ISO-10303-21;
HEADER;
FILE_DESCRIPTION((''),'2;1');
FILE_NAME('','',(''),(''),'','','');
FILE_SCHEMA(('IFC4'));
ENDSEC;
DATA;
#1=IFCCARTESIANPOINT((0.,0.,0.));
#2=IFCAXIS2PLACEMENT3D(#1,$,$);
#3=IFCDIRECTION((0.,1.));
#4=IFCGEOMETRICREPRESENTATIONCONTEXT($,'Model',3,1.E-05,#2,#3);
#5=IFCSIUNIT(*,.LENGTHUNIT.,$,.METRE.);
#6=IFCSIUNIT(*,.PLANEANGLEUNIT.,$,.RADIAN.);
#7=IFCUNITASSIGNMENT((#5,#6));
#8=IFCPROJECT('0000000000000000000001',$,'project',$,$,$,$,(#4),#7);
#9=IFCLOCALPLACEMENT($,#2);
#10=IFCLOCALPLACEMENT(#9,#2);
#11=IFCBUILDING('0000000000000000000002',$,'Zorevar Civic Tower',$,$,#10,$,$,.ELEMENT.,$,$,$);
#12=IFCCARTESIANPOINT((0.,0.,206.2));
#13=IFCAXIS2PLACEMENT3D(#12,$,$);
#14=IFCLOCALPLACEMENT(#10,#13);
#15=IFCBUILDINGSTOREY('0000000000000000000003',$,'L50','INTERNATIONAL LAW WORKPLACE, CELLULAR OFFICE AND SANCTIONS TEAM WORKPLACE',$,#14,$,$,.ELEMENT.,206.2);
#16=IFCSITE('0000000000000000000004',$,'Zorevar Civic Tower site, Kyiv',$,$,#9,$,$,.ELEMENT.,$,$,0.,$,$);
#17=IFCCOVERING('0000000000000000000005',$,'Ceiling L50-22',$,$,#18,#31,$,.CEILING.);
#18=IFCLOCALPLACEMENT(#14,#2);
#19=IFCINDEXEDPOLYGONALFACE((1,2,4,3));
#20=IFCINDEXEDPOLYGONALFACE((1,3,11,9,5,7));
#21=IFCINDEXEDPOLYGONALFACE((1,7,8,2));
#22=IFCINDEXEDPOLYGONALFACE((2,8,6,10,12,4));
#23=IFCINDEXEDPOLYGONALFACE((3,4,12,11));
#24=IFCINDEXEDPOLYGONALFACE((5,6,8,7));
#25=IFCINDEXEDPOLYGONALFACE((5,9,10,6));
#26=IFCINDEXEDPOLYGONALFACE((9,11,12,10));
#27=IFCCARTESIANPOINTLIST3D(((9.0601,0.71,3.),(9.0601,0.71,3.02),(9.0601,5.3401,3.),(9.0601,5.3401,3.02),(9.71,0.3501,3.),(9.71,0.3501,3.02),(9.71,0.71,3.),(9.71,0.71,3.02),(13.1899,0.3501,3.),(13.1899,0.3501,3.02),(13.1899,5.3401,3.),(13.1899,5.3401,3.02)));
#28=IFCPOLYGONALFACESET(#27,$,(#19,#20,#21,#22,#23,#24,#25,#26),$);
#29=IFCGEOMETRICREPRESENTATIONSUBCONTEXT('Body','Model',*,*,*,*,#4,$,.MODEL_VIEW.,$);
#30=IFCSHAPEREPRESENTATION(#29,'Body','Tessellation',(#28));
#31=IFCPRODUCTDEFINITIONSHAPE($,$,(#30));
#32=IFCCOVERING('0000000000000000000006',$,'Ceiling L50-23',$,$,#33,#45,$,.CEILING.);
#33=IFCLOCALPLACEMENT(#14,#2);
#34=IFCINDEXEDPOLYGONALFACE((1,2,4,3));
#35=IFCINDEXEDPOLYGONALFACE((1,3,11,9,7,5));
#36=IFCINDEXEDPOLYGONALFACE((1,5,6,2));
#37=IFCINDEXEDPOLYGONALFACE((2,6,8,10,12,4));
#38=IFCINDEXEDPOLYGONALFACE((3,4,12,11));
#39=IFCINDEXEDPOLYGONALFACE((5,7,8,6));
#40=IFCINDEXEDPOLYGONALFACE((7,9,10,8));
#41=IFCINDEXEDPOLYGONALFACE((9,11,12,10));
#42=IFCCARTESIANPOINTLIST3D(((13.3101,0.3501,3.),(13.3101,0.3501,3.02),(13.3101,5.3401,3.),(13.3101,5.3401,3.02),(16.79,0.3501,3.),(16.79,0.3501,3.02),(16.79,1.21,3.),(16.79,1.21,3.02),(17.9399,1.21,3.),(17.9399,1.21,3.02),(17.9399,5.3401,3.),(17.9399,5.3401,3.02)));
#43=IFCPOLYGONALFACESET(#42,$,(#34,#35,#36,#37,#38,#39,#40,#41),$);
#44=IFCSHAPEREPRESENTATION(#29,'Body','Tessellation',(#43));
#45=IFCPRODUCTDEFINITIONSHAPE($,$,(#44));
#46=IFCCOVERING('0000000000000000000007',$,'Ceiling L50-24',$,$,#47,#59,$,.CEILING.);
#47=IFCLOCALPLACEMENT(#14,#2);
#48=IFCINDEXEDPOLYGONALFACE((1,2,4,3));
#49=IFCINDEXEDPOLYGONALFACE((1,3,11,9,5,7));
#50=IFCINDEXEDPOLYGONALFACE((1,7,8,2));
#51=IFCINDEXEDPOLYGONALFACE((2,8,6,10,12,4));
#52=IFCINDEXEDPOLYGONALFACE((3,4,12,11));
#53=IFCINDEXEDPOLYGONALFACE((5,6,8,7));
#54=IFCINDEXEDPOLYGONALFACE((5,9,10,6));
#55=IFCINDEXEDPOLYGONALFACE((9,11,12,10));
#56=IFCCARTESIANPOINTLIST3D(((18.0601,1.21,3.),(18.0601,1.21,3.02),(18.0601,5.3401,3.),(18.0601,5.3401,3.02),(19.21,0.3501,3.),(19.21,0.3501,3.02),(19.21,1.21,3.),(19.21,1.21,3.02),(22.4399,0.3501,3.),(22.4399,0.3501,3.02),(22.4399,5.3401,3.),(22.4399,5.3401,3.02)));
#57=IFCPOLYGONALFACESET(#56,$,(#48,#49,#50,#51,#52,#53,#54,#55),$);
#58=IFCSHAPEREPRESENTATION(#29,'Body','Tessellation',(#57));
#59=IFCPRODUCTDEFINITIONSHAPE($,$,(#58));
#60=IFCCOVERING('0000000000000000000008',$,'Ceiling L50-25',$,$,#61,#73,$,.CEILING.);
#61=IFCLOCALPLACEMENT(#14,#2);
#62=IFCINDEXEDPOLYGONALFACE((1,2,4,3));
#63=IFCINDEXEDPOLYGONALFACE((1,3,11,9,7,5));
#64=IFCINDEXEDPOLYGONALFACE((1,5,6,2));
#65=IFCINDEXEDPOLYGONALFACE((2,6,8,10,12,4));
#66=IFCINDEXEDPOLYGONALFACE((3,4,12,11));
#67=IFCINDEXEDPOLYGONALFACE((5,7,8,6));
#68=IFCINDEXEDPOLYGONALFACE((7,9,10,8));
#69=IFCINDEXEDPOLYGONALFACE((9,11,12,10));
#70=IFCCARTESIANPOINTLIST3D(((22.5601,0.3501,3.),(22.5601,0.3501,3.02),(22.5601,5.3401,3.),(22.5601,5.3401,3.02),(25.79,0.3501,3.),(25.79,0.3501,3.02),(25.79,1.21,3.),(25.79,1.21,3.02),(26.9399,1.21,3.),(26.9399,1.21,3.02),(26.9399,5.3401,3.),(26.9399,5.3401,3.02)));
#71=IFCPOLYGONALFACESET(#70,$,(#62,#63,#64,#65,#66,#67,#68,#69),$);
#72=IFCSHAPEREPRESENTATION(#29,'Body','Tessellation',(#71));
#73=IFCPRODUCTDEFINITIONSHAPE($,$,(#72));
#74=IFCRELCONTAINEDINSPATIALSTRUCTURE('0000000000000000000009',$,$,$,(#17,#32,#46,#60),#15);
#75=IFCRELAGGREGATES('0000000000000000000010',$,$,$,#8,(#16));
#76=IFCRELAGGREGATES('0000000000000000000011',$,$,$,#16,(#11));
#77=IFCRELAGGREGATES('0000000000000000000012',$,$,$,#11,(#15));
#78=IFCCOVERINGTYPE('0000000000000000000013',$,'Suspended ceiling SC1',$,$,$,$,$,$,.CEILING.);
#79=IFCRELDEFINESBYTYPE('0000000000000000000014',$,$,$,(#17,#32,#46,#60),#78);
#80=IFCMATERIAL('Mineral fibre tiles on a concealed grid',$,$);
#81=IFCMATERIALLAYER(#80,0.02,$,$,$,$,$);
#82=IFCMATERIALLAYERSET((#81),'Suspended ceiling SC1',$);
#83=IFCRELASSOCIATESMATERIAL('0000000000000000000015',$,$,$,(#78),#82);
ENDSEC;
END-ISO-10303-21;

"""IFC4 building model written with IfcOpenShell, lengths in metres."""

from ifc_helpers import new_model, si_unit, direction, frame, origin, place, context, subcontext, project, spatial, polyline, outline, extrude, material, layer, layer_set, type_object, element, save


model = new_model("IFC4")

# Units and contexts
model_context = context("Model", 3, precision=1e-05, world=origin(), true_north=direction((0.0, 1.0)))
body_context = subcontext(model_context, "Body", "Model", "MODEL_VIEW")
ifc_project = project(units=[si_unit("LENGTHUNIT", "METRE"), si_unit("PLANEANGLEUNIT", "RADIAN")], contexts=[model_context])

# Site, building, storey
site_placement = place(None, origin())
site = spatial("IfcSite", under=ifc_project, at=site_placement, Name="Zorevar Civic Tower site, Kyiv", CompositionType="ELEMENT", RefElevation=0.0)
building_placement = place(site_placement, origin())
building = spatial("IfcBuilding", under=site, at=building_placement, Name="Zorevar Civic Tower", CompositionType="ELEMENT")
storey_placement = place(building_placement, frame((0.0, 0.0, 206.2)))
storey = spatial("IfcBuildingStorey", under=building, at=storey_placement, Name="L50", Description="INTERNATIONAL LAW WORKPLACE, CELLULAR OFFICE AND SANCTIONS TEAM WORKPLACE", CompositionType="ELEMENT", Elevation=206.2)

# Coverings
ifc_material_1 = material(Name="Mineral fibre tiles on a concealed grid")
ifc_layer_1 = layer(ifc_material_1, 0.02)
ifc_layer_set_1 = layer_set([ifc_layer_1], Name="Suspended ceiling SC1")
covering_type_1 = type_object("IfcCoveringType", Name="Suspended ceiling SC1", PredefinedType="CEILING", material=ifc_layer_set_1)
covering_1_placement = place(storey_placement, frame((0.0, 0.0, 3.0)))
element("IfcCovering", 1, at=covering_1_placement, inside=storey, type_object=covering_type_1, Name="Ceiling L50-22", PredefinedType="CEILING", context=body_context, shape_type="SweptSolid", body=[
    extrude(outline(polyline([(13.1899, 5.3401), (13.1899, 0.3501), (9.71, 0.3501), (9.71, 0.71), (9.0601, 0.71), (9.0601, 5.3401), (13.1899, 5.3401)])), origin(), (0.0, 0.0, 1.0), 0.02),
])
covering_2_placement = place(storey_placement, frame((0.0, 0.0, 3.0)))
element("IfcCovering", 2, at=covering_2_placement, inside=storey, type_object=covering_type_1, Name="Ceiling L50-23", PredefinedType="CEILING", context=body_context, shape_type="SweptSolid", body=[
    extrude(outline(polyline([(17.9399, 5.3401), (17.9399, 1.21), (16.79, 1.21), (16.79, 0.3501), (13.3101, 0.3501), (13.3101, 5.3401), (17.9399, 5.3401)])), origin(), (0.0, 0.0, 1.0), 0.02),
])
covering_3_placement = place(storey_placement, frame((0.0, 0.0, 3.0)))
element("IfcCovering", 3, at=covering_3_placement, inside=storey, type_object=covering_type_1, Name="Ceiling L50-24", PredefinedType="CEILING", context=body_context, shape_type="SweptSolid", body=[
    extrude(outline(polyline([(22.4399, 5.3401), (22.4399, 0.3501), (19.21, 0.3501), (19.21, 1.21), (18.0601, 1.21), (18.0601, 5.3401), (22.4399, 5.3401)])), origin(), (0.0, 0.0, 1.0), 0.02),
])
covering_4_placement = place(storey_placement, frame((0.0, 0.0, 3.0)))
element("IfcCovering", 4, at=covering_4_placement, inside=storey, type_object=covering_type_1, Name="Ceiling L50-25", PredefinedType="CEILING", context=body_context, shape_type="SweptSolid", body=[
    extrude(outline(polyline([(26.9399, 5.3401), (26.9399, 1.21), (25.79, 1.21), (25.79, 0.3501), (22.5601, 0.3501), (22.5601, 5.3401), (26.9399, 5.3401)])), origin(), (0.0, 0.0, 1.0), 0.02),
])

save(model, "model.ifc")
